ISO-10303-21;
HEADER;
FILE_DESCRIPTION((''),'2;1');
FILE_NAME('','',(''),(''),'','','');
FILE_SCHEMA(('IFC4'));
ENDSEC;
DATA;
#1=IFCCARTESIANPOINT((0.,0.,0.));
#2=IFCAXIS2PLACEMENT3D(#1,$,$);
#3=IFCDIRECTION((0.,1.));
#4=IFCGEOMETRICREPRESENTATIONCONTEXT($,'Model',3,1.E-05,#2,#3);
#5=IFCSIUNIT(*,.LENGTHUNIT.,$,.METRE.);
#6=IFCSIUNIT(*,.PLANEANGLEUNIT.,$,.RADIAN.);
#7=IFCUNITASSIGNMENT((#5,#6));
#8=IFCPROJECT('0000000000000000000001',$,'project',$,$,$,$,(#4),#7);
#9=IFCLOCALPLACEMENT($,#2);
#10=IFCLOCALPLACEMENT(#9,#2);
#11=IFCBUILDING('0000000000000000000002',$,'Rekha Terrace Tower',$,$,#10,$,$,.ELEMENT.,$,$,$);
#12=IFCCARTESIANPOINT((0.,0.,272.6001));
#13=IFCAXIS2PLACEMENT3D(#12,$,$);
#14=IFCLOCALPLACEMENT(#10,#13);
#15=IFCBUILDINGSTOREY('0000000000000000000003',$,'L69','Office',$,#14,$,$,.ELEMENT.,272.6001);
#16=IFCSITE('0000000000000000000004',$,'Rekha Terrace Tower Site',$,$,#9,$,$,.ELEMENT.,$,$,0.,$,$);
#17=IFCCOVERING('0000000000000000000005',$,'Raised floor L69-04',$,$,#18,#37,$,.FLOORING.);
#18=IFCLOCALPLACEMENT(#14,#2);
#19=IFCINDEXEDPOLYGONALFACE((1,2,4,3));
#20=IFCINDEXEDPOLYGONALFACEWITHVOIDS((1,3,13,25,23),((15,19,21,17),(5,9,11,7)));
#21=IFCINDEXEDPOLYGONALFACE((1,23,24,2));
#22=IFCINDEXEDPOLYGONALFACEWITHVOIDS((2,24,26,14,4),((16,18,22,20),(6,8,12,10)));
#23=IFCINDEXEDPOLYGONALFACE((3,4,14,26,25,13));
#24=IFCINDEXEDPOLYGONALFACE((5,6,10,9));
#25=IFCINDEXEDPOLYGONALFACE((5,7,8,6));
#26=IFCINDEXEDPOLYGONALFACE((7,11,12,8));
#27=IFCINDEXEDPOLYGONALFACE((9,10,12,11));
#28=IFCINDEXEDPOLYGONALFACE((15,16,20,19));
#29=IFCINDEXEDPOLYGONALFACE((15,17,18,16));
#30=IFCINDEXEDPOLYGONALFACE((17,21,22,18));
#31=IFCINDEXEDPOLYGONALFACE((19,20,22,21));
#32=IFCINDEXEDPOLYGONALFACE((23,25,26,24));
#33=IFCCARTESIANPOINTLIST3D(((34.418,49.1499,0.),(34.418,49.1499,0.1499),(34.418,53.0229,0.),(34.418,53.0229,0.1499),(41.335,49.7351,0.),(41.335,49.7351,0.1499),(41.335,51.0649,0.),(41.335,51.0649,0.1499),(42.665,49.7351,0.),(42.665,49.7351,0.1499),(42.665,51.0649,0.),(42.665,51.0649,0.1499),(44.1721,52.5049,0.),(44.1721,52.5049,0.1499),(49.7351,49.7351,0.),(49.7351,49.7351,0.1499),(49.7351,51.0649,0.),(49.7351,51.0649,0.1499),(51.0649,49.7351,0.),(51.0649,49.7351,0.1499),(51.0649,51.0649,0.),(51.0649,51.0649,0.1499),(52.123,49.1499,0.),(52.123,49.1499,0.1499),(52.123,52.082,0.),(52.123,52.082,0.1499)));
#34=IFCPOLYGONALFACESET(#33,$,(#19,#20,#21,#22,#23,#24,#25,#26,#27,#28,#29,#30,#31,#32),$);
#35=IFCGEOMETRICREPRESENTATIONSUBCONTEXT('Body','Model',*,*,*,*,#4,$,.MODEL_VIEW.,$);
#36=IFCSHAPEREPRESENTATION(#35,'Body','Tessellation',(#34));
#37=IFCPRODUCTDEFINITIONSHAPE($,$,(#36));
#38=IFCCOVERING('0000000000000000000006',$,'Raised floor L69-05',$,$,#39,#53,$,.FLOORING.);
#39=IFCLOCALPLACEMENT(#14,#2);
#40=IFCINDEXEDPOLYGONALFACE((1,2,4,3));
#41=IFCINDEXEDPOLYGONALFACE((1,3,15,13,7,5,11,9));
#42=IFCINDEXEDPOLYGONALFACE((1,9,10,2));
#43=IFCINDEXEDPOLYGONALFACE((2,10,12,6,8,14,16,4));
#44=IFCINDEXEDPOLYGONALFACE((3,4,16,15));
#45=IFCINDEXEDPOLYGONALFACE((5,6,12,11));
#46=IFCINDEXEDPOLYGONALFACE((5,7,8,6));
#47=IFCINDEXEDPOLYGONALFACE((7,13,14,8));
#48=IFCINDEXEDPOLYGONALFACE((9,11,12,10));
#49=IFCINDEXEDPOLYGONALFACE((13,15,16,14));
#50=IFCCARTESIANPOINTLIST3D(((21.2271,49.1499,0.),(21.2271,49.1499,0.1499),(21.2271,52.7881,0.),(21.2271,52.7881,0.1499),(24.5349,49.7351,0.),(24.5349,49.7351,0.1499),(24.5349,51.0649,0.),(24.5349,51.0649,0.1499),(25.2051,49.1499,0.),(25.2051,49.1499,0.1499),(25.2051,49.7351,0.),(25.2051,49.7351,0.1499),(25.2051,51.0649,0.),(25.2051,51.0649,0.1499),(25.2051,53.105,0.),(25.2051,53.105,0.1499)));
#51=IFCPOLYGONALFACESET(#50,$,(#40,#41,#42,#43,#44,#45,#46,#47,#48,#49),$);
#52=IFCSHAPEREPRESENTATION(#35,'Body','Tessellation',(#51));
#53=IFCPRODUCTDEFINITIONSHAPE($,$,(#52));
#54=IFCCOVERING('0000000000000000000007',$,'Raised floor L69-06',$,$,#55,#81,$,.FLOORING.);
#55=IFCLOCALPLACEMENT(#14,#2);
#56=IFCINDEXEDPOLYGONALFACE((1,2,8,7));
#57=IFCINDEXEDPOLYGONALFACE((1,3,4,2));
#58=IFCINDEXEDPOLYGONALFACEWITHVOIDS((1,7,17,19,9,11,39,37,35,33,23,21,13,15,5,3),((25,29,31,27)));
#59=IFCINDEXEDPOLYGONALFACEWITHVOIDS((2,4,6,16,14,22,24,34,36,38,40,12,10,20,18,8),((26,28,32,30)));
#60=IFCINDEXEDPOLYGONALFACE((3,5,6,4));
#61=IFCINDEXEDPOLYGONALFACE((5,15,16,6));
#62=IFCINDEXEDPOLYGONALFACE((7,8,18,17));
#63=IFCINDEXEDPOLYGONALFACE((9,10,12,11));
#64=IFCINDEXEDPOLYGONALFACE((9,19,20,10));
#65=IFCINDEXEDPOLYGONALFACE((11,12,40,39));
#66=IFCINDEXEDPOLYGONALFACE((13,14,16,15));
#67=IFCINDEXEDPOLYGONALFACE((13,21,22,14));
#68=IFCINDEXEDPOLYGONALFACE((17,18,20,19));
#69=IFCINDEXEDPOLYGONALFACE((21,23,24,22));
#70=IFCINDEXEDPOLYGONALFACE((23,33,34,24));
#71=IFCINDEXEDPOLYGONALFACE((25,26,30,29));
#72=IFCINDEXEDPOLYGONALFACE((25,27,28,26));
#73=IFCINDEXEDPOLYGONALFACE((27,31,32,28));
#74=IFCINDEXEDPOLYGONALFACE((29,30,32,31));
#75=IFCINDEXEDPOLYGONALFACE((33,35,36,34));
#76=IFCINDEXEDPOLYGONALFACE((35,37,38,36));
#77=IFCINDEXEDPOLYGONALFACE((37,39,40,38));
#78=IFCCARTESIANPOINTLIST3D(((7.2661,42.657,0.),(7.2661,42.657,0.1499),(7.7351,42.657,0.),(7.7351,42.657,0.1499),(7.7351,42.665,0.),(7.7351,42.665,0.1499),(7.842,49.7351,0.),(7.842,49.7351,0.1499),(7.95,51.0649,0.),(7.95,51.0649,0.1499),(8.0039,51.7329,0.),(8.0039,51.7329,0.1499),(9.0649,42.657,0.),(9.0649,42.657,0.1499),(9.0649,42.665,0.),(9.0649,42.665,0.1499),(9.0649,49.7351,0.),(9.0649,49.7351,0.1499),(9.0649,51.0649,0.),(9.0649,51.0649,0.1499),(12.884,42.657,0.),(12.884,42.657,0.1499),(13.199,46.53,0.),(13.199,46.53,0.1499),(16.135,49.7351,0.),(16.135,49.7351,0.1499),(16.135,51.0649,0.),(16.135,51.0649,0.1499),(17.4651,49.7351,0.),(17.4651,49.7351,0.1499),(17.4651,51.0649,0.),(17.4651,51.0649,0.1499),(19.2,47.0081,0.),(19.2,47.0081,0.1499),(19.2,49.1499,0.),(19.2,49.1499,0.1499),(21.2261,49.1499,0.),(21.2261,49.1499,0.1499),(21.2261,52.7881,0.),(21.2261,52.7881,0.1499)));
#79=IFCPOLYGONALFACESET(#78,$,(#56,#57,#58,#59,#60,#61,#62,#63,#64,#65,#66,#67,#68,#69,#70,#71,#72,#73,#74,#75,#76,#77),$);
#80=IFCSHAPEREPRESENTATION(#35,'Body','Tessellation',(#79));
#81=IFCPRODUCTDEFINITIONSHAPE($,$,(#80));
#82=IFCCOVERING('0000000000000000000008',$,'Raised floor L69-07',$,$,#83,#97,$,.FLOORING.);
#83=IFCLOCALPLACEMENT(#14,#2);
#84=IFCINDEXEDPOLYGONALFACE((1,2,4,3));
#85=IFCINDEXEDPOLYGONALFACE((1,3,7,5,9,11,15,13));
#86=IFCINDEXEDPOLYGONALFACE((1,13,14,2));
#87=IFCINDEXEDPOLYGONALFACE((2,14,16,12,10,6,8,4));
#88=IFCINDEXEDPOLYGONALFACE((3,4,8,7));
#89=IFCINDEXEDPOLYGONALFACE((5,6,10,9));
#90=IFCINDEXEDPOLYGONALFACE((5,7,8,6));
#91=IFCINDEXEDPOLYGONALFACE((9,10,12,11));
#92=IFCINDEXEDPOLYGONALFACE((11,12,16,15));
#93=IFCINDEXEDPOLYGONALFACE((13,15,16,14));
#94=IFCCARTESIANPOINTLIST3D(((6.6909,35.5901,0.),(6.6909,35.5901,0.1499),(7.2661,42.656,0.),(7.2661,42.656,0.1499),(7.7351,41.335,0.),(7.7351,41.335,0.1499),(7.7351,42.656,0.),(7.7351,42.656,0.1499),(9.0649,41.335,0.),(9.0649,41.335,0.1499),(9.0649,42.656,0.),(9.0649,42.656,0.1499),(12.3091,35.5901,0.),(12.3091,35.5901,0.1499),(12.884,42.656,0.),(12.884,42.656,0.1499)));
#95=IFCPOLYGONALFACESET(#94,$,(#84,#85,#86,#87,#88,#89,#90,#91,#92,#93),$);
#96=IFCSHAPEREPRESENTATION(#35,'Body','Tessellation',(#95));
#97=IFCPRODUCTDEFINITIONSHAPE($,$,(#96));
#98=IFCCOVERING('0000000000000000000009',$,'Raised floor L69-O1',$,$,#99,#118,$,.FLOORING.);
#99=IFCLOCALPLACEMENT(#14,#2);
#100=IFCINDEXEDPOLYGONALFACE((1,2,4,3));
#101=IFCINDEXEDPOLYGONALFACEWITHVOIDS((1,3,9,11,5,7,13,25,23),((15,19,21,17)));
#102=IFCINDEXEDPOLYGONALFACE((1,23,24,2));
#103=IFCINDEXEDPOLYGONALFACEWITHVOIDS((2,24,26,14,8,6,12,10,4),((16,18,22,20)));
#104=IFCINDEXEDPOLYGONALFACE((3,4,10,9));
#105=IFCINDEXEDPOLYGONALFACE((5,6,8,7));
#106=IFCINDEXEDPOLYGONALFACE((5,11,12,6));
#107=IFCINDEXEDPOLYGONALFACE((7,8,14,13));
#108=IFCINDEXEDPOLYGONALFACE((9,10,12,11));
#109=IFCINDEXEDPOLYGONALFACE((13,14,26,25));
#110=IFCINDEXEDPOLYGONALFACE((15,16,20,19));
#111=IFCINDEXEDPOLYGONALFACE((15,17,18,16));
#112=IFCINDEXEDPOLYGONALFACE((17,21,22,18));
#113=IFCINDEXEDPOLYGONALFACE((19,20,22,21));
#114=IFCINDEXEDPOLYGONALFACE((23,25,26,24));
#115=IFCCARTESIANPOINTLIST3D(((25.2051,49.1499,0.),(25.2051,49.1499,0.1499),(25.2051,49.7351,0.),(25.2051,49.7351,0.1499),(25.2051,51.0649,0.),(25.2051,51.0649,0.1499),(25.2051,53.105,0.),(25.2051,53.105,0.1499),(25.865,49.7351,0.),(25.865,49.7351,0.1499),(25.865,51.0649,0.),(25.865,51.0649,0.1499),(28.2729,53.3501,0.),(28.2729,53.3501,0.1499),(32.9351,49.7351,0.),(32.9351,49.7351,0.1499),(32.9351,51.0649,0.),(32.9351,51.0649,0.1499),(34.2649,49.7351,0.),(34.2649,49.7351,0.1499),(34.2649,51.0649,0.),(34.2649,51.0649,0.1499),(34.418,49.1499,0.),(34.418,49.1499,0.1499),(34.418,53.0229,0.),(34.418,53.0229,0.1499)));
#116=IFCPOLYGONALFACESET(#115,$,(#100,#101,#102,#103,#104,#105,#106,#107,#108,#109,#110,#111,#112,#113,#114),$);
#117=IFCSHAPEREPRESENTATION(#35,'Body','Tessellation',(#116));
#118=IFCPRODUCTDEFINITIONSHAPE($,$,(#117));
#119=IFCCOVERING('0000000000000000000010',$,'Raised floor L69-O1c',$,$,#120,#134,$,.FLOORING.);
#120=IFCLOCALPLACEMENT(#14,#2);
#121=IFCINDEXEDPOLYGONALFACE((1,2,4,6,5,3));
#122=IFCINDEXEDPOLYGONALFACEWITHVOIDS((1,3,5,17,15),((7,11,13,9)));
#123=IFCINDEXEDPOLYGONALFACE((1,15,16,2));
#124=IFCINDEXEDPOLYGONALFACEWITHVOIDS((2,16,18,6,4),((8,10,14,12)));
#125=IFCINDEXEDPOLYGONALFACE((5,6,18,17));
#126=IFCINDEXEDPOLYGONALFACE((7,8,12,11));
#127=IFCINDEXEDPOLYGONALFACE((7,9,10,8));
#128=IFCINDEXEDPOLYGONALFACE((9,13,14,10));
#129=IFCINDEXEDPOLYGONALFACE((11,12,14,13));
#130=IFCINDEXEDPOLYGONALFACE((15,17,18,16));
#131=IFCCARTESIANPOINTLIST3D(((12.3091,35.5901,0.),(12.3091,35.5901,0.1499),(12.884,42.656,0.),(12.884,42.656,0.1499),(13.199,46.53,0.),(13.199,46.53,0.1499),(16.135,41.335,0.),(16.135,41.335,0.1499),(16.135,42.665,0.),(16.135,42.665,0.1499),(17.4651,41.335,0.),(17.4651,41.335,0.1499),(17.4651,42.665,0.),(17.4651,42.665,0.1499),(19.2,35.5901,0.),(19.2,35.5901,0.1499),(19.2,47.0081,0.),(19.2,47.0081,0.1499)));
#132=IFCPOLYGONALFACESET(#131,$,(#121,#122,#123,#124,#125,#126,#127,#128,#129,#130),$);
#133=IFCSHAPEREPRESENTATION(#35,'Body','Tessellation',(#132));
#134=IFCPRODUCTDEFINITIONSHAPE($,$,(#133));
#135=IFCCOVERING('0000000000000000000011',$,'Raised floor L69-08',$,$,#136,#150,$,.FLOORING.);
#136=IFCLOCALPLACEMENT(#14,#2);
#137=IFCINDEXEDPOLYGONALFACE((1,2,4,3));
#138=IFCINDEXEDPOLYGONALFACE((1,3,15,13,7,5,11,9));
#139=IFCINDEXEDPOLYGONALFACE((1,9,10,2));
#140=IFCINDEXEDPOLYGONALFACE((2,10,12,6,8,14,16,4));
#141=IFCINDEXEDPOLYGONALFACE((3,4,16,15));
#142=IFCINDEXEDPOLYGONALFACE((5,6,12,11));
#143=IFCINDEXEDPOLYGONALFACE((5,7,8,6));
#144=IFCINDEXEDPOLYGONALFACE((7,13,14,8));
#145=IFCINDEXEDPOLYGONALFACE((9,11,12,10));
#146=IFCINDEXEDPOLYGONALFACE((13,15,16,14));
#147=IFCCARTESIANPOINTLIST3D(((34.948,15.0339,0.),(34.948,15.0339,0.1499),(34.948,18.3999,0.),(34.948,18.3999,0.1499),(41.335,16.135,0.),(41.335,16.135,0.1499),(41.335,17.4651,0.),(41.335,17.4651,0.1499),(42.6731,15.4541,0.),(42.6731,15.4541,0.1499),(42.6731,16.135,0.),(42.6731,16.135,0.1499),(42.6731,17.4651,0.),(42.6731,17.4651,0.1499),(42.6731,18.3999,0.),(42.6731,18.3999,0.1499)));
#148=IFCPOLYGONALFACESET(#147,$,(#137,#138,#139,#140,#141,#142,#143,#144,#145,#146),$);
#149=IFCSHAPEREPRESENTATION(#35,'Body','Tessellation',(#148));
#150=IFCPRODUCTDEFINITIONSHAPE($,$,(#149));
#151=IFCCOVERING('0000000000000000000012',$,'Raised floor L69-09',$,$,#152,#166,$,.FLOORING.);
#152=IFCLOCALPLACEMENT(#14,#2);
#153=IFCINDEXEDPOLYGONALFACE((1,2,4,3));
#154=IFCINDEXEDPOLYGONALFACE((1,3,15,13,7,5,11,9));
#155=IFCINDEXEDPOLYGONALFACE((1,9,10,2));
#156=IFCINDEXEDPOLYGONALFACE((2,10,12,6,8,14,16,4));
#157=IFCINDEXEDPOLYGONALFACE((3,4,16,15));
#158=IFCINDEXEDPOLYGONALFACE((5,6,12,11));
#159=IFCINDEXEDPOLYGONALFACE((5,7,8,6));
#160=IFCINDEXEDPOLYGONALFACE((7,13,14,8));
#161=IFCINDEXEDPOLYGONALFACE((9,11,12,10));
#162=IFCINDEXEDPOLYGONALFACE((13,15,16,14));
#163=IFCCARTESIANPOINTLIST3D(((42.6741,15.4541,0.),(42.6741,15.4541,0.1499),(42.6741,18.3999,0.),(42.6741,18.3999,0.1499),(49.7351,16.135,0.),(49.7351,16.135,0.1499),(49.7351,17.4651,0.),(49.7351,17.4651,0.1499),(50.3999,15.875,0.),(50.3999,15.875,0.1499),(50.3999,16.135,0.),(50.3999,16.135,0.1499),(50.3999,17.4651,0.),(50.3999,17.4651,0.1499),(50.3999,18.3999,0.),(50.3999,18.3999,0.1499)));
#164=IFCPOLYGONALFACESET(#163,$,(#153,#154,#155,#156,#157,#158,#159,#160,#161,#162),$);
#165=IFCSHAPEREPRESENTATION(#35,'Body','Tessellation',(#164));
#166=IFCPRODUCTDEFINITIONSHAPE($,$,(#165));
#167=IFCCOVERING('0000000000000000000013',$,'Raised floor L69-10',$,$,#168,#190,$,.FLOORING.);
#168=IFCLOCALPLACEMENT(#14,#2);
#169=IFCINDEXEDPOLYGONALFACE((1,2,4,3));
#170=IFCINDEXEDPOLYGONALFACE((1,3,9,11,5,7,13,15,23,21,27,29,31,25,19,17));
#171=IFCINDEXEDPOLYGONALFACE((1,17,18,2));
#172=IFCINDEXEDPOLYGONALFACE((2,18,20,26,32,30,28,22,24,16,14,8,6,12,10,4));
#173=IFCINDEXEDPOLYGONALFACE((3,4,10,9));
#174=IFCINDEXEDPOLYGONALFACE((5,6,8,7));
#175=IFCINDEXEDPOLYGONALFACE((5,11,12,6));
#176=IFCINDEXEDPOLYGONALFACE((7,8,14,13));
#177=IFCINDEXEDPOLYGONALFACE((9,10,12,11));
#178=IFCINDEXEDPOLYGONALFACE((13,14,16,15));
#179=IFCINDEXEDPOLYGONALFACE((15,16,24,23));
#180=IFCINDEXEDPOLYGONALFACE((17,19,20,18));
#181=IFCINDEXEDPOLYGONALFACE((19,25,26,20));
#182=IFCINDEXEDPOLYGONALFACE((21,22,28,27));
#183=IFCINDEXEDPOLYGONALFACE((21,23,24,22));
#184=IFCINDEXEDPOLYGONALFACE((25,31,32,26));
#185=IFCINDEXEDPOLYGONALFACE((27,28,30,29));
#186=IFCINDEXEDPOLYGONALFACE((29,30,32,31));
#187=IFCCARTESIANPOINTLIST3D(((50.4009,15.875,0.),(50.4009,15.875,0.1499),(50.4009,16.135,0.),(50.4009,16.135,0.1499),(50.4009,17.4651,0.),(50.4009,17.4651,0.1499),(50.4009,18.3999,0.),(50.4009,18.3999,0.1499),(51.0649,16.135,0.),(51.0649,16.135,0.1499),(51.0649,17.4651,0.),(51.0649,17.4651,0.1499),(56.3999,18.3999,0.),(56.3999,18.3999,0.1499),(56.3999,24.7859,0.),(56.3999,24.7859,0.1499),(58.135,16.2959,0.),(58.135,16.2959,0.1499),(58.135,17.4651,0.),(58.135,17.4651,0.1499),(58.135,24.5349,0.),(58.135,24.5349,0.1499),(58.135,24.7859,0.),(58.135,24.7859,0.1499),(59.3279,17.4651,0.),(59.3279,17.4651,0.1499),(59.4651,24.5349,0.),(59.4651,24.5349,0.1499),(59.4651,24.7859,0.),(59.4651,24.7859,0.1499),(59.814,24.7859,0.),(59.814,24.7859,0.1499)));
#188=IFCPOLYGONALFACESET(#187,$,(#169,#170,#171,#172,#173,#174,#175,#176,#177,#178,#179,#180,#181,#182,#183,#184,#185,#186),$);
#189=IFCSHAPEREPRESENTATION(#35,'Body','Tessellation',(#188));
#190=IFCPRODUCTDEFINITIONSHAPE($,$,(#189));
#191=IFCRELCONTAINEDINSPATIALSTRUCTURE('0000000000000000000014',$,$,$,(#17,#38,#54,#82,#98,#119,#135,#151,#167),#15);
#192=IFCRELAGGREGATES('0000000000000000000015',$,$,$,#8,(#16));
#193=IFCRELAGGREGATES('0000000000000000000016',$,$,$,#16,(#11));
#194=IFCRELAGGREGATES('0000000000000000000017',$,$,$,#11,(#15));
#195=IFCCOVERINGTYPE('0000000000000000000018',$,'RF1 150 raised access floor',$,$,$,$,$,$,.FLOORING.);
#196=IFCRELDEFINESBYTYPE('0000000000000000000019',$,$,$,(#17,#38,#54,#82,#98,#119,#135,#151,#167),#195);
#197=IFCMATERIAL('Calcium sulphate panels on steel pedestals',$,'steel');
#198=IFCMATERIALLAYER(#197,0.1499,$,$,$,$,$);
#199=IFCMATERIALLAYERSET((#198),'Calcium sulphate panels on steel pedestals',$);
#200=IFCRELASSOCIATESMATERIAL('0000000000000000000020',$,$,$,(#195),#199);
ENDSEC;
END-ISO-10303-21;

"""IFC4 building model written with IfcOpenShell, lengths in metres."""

from ifc_helpers import new_model, si_unit, direction, frame, origin, place, context, subcontext, project, spatial, polyline, outline, extrude, material, layer, layer_set, type_object, element, save


model = new_model("IFC4")

# Units and contexts
model_context = context("Model", 3, precision=1e-05, world=origin(), true_north=direction((0.0, 1.0)))
body_context = subcontext(model_context, "Body", "Model", "MODEL_VIEW")
ifc_project = project(units=[si_unit("LENGTHUNIT", "METRE"), si_unit("PLANEANGLEUNIT", "RADIAN")], contexts=[model_context])

# Site, building, storey
site_placement = place(None, origin())
site = spatial("IfcSite", under=ifc_project, at=site_placement, Name="Rekha Terrace Tower Site", CompositionType="ELEMENT", RefElevation=0.0)
building_placement = place(site_placement, origin())
building = spatial("IfcBuilding", under=site, at=building_placement, Name="Rekha Terrace Tower", CompositionType="ELEMENT")
storey_placement = place(building_placement, frame((0.0, 0.0, 272.6001)))
storey = spatial("IfcBuildingStorey", under=building, at=storey_placement, Name="L69", Description="Office", CompositionType="ELEMENT", Elevation=272.6001)

# Coverings
ifc_material_1 = material(Name="Calcium sulphate panels on steel pedestals", Category="steel")
ifc_layer_1 = layer(ifc_material_1, 0.1499)
ifc_layer_set_1 = layer_set([ifc_layer_1], Name="Calcium sulphate panels on steel pedestals")
covering_type_1 = type_object("IfcCoveringType", Name="RF1 150 raised access floor", PredefinedType="FLOORING", material=ifc_layer_set_1)
covering_1_placement = place(storey_placement, origin())
element("IfcCovering", 1, at=covering_1_placement, inside=storey, type_object=covering_type_1, Name="Raised floor L69-04", PredefinedType="FLOORING", context=body_context, shape_type="SweptSolid", body=[
    extrude(outline(polyline([(52.123, 49.1499), (52.123, 52.082), (44.1721, 52.5049), (34.418, 53.0229), (34.418, 49.1499), (52.123, 49.1499)]), holes=[polyline([(51.0649, 51.0649), (51.0649, 49.7351), (49.7351, 49.7351), (49.7351, 51.0649), (51.0649, 51.0649)]), polyline([(42.665, 49.7351), (41.335, 49.7351), (41.335, 51.0649), (42.665, 51.0649), (42.665, 49.7351)])]), origin(), (0.0, 0.0, 1.0), 0.1499),
])
covering_2_placement = place(storey_placement, origin())
element("IfcCovering", 2, at=covering_2_placement, inside=storey, type_object=covering_type_1, Name="Raised floor L69-05", PredefinedType="FLOORING", context=body_context, shape_type="SweptSolid", body=[
    extrude(outline(polyline([(25.2051, 51.0649), (25.2051, 53.105), (21.2271, 52.7881), (21.2271, 49.1499), (25.2051, 49.1499), (25.2051, 49.7351), (24.5349, 49.7351), (24.5349, 51.0649), (25.2051, 51.0649)])), origin(), (0.0, 0.0, 1.0), 0.1499),
])
covering_3_placement = place(storey_placement, origin())
element("IfcCovering", 3, at=covering_3_placement, inside=storey, type_object=covering_type_1, Name="Raised floor L69-06", PredefinedType="FLOORING", context=body_context, shape_type="SweptSolid", body=[
    extrude(outline(polyline([(7.2661, 42.657), (7.7351, 42.657), (7.7351, 42.665), (9.0649, 42.665), (9.0649, 42.657), (12.884, 42.657), (13.199, 46.53), (19.2, 47.0081), (19.2, 49.1499), (21.2261, 49.1499), (21.2261, 52.7881), (8.0039, 51.7329), (7.95, 51.0649), (9.0649, 51.0649), (9.0649, 49.7351), (7.842, 49.7351), (7.2661, 42.657)]), holes=[polyline([(17.4651, 49.7351), (16.135, 49.7351), (16.135, 51.0649), (17.4651, 51.0649), (17.4651, 49.7351)])]), origin(), (0.0, 0.0, 1.0), 0.1499),
])
covering_4_placement = place(storey_placement, origin())
element("IfcCovering", 4, at=covering_4_placement, inside=storey, type_object=covering_type_1, Name="Raised floor L69-07", PredefinedType="FLOORING", context=body_context, shape_type="SweptSolid", body=[
    extrude(outline(polyline([(7.7351, 42.656), (7.2661, 42.656), (6.6909, 35.5901), (12.3091, 35.5901), (12.884, 42.656), (9.0649, 42.656), (9.0649, 41.335), (7.7351, 41.335), (7.7351, 42.656)])), origin(), (0.0, 0.0, 1.0), 0.1499),
])
covering_5_placement = place(storey_placement, origin())
element("IfcCovering", 5, at=covering_5_placement, inside=storey, type_object=covering_type_1, Name="Raised floor L69-O1", PredefinedType="FLOORING", context=body_context, shape_type="SweptSolid", body=[
    extrude(outline(polyline([(25.2051, 49.7351), (25.2051, 49.1499), (34.418, 49.1499), (34.418, 53.0229), (28.2729, 53.3501), (25.2051, 53.105), (25.2051, 51.0649), (25.865, 51.0649), (25.865, 49.7351), (25.2051, 49.7351)]), holes=[polyline([(34.2649, 49.7351), (32.9351, 49.7351), (32.9351, 51.0649), (34.2649, 51.0649), (34.2649, 49.7351)])]), origin(), (0.0, 0.0, 1.0), 0.1499),
])
covering_6_placement = place(storey_placement, origin())
element("IfcCovering", 6, at=covering_6_placement, inside=storey, type_object=covering_type_1, Name="Raised floor L69-O1c", PredefinedType="FLOORING", context=body_context, shape_type="SweptSolid", body=[
    extrude(outline(polyline([(13.199, 46.53), (12.884, 42.656), (12.3091, 35.5901), (19.2, 35.5901), (19.2, 47.0081), (13.199, 46.53)]), holes=[polyline([(17.4651, 41.335), (16.135, 41.335), (16.135, 42.665), (17.4651, 42.665), (17.4651, 41.335)])]), origin(), (0.0, 0.0, 1.0), 0.1499),
])
covering_7_placement = place(storey_placement, origin())
element("IfcCovering", 7, at=covering_7_placement, inside=storey, type_object=covering_type_1, Name="Raised floor L69-08", PredefinedType="FLOORING", context=body_context, shape_type="SweptSolid", body=[
    extrude(outline(polyline([(34.948, 18.3999), (34.948, 15.0339), (42.6731, 15.4541), (42.6731, 16.135), (41.335, 16.135), (41.335, 17.4651), (42.6731, 17.4651), (42.6731, 18.3999), (34.948, 18.3999)])), origin(), (0.0, 0.0, 1.0), 0.1499),
])
covering_8_placement = place(storey_placement, origin())
element("IfcCovering", 8, at=covering_8_placement, inside=storey, type_object=covering_type_1, Name="Raised floor L69-09", PredefinedType="FLOORING", context=body_context, shape_type="SweptSolid", body=[
    extrude(outline(polyline([(42.6741, 18.3999), (42.6741, 15.4541), (50.3999, 15.875), (50.3999, 16.135), (49.7351, 16.135), (49.7351, 17.4651), (50.3999, 17.4651), (50.3999, 18.3999), (42.6741, 18.3999)])), origin(), (0.0, 0.0, 1.0), 0.1499),
])
covering_9_placement = place(storey_placement, origin())
element("IfcCovering", 9, at=covering_9_placement, inside=storey, type_object=covering_type_1, Name="Raised floor L69-10", PredefinedType="FLOORING", context=body_context, shape_type="SweptSolid", body=[
    extrude(outline(polyline([(58.135, 24.5349), (58.135, 24.7859), (56.3999, 24.7859), (56.3999, 18.3999), (50.4009, 18.3999), (50.4009, 17.4651), (51.0649, 17.4651), (51.0649, 16.135), (50.4009, 16.135), (50.4009, 15.875), (58.135, 16.2959), (58.135, 17.4651), (59.3279, 17.4651), (59.814, 24.7859), (59.4651, 24.7859), (59.4651, 24.5349), (58.135, 24.5349)])), origin(), (0.0, 0.0, 1.0), 0.1499),
])

save(model, "model.ifc")
